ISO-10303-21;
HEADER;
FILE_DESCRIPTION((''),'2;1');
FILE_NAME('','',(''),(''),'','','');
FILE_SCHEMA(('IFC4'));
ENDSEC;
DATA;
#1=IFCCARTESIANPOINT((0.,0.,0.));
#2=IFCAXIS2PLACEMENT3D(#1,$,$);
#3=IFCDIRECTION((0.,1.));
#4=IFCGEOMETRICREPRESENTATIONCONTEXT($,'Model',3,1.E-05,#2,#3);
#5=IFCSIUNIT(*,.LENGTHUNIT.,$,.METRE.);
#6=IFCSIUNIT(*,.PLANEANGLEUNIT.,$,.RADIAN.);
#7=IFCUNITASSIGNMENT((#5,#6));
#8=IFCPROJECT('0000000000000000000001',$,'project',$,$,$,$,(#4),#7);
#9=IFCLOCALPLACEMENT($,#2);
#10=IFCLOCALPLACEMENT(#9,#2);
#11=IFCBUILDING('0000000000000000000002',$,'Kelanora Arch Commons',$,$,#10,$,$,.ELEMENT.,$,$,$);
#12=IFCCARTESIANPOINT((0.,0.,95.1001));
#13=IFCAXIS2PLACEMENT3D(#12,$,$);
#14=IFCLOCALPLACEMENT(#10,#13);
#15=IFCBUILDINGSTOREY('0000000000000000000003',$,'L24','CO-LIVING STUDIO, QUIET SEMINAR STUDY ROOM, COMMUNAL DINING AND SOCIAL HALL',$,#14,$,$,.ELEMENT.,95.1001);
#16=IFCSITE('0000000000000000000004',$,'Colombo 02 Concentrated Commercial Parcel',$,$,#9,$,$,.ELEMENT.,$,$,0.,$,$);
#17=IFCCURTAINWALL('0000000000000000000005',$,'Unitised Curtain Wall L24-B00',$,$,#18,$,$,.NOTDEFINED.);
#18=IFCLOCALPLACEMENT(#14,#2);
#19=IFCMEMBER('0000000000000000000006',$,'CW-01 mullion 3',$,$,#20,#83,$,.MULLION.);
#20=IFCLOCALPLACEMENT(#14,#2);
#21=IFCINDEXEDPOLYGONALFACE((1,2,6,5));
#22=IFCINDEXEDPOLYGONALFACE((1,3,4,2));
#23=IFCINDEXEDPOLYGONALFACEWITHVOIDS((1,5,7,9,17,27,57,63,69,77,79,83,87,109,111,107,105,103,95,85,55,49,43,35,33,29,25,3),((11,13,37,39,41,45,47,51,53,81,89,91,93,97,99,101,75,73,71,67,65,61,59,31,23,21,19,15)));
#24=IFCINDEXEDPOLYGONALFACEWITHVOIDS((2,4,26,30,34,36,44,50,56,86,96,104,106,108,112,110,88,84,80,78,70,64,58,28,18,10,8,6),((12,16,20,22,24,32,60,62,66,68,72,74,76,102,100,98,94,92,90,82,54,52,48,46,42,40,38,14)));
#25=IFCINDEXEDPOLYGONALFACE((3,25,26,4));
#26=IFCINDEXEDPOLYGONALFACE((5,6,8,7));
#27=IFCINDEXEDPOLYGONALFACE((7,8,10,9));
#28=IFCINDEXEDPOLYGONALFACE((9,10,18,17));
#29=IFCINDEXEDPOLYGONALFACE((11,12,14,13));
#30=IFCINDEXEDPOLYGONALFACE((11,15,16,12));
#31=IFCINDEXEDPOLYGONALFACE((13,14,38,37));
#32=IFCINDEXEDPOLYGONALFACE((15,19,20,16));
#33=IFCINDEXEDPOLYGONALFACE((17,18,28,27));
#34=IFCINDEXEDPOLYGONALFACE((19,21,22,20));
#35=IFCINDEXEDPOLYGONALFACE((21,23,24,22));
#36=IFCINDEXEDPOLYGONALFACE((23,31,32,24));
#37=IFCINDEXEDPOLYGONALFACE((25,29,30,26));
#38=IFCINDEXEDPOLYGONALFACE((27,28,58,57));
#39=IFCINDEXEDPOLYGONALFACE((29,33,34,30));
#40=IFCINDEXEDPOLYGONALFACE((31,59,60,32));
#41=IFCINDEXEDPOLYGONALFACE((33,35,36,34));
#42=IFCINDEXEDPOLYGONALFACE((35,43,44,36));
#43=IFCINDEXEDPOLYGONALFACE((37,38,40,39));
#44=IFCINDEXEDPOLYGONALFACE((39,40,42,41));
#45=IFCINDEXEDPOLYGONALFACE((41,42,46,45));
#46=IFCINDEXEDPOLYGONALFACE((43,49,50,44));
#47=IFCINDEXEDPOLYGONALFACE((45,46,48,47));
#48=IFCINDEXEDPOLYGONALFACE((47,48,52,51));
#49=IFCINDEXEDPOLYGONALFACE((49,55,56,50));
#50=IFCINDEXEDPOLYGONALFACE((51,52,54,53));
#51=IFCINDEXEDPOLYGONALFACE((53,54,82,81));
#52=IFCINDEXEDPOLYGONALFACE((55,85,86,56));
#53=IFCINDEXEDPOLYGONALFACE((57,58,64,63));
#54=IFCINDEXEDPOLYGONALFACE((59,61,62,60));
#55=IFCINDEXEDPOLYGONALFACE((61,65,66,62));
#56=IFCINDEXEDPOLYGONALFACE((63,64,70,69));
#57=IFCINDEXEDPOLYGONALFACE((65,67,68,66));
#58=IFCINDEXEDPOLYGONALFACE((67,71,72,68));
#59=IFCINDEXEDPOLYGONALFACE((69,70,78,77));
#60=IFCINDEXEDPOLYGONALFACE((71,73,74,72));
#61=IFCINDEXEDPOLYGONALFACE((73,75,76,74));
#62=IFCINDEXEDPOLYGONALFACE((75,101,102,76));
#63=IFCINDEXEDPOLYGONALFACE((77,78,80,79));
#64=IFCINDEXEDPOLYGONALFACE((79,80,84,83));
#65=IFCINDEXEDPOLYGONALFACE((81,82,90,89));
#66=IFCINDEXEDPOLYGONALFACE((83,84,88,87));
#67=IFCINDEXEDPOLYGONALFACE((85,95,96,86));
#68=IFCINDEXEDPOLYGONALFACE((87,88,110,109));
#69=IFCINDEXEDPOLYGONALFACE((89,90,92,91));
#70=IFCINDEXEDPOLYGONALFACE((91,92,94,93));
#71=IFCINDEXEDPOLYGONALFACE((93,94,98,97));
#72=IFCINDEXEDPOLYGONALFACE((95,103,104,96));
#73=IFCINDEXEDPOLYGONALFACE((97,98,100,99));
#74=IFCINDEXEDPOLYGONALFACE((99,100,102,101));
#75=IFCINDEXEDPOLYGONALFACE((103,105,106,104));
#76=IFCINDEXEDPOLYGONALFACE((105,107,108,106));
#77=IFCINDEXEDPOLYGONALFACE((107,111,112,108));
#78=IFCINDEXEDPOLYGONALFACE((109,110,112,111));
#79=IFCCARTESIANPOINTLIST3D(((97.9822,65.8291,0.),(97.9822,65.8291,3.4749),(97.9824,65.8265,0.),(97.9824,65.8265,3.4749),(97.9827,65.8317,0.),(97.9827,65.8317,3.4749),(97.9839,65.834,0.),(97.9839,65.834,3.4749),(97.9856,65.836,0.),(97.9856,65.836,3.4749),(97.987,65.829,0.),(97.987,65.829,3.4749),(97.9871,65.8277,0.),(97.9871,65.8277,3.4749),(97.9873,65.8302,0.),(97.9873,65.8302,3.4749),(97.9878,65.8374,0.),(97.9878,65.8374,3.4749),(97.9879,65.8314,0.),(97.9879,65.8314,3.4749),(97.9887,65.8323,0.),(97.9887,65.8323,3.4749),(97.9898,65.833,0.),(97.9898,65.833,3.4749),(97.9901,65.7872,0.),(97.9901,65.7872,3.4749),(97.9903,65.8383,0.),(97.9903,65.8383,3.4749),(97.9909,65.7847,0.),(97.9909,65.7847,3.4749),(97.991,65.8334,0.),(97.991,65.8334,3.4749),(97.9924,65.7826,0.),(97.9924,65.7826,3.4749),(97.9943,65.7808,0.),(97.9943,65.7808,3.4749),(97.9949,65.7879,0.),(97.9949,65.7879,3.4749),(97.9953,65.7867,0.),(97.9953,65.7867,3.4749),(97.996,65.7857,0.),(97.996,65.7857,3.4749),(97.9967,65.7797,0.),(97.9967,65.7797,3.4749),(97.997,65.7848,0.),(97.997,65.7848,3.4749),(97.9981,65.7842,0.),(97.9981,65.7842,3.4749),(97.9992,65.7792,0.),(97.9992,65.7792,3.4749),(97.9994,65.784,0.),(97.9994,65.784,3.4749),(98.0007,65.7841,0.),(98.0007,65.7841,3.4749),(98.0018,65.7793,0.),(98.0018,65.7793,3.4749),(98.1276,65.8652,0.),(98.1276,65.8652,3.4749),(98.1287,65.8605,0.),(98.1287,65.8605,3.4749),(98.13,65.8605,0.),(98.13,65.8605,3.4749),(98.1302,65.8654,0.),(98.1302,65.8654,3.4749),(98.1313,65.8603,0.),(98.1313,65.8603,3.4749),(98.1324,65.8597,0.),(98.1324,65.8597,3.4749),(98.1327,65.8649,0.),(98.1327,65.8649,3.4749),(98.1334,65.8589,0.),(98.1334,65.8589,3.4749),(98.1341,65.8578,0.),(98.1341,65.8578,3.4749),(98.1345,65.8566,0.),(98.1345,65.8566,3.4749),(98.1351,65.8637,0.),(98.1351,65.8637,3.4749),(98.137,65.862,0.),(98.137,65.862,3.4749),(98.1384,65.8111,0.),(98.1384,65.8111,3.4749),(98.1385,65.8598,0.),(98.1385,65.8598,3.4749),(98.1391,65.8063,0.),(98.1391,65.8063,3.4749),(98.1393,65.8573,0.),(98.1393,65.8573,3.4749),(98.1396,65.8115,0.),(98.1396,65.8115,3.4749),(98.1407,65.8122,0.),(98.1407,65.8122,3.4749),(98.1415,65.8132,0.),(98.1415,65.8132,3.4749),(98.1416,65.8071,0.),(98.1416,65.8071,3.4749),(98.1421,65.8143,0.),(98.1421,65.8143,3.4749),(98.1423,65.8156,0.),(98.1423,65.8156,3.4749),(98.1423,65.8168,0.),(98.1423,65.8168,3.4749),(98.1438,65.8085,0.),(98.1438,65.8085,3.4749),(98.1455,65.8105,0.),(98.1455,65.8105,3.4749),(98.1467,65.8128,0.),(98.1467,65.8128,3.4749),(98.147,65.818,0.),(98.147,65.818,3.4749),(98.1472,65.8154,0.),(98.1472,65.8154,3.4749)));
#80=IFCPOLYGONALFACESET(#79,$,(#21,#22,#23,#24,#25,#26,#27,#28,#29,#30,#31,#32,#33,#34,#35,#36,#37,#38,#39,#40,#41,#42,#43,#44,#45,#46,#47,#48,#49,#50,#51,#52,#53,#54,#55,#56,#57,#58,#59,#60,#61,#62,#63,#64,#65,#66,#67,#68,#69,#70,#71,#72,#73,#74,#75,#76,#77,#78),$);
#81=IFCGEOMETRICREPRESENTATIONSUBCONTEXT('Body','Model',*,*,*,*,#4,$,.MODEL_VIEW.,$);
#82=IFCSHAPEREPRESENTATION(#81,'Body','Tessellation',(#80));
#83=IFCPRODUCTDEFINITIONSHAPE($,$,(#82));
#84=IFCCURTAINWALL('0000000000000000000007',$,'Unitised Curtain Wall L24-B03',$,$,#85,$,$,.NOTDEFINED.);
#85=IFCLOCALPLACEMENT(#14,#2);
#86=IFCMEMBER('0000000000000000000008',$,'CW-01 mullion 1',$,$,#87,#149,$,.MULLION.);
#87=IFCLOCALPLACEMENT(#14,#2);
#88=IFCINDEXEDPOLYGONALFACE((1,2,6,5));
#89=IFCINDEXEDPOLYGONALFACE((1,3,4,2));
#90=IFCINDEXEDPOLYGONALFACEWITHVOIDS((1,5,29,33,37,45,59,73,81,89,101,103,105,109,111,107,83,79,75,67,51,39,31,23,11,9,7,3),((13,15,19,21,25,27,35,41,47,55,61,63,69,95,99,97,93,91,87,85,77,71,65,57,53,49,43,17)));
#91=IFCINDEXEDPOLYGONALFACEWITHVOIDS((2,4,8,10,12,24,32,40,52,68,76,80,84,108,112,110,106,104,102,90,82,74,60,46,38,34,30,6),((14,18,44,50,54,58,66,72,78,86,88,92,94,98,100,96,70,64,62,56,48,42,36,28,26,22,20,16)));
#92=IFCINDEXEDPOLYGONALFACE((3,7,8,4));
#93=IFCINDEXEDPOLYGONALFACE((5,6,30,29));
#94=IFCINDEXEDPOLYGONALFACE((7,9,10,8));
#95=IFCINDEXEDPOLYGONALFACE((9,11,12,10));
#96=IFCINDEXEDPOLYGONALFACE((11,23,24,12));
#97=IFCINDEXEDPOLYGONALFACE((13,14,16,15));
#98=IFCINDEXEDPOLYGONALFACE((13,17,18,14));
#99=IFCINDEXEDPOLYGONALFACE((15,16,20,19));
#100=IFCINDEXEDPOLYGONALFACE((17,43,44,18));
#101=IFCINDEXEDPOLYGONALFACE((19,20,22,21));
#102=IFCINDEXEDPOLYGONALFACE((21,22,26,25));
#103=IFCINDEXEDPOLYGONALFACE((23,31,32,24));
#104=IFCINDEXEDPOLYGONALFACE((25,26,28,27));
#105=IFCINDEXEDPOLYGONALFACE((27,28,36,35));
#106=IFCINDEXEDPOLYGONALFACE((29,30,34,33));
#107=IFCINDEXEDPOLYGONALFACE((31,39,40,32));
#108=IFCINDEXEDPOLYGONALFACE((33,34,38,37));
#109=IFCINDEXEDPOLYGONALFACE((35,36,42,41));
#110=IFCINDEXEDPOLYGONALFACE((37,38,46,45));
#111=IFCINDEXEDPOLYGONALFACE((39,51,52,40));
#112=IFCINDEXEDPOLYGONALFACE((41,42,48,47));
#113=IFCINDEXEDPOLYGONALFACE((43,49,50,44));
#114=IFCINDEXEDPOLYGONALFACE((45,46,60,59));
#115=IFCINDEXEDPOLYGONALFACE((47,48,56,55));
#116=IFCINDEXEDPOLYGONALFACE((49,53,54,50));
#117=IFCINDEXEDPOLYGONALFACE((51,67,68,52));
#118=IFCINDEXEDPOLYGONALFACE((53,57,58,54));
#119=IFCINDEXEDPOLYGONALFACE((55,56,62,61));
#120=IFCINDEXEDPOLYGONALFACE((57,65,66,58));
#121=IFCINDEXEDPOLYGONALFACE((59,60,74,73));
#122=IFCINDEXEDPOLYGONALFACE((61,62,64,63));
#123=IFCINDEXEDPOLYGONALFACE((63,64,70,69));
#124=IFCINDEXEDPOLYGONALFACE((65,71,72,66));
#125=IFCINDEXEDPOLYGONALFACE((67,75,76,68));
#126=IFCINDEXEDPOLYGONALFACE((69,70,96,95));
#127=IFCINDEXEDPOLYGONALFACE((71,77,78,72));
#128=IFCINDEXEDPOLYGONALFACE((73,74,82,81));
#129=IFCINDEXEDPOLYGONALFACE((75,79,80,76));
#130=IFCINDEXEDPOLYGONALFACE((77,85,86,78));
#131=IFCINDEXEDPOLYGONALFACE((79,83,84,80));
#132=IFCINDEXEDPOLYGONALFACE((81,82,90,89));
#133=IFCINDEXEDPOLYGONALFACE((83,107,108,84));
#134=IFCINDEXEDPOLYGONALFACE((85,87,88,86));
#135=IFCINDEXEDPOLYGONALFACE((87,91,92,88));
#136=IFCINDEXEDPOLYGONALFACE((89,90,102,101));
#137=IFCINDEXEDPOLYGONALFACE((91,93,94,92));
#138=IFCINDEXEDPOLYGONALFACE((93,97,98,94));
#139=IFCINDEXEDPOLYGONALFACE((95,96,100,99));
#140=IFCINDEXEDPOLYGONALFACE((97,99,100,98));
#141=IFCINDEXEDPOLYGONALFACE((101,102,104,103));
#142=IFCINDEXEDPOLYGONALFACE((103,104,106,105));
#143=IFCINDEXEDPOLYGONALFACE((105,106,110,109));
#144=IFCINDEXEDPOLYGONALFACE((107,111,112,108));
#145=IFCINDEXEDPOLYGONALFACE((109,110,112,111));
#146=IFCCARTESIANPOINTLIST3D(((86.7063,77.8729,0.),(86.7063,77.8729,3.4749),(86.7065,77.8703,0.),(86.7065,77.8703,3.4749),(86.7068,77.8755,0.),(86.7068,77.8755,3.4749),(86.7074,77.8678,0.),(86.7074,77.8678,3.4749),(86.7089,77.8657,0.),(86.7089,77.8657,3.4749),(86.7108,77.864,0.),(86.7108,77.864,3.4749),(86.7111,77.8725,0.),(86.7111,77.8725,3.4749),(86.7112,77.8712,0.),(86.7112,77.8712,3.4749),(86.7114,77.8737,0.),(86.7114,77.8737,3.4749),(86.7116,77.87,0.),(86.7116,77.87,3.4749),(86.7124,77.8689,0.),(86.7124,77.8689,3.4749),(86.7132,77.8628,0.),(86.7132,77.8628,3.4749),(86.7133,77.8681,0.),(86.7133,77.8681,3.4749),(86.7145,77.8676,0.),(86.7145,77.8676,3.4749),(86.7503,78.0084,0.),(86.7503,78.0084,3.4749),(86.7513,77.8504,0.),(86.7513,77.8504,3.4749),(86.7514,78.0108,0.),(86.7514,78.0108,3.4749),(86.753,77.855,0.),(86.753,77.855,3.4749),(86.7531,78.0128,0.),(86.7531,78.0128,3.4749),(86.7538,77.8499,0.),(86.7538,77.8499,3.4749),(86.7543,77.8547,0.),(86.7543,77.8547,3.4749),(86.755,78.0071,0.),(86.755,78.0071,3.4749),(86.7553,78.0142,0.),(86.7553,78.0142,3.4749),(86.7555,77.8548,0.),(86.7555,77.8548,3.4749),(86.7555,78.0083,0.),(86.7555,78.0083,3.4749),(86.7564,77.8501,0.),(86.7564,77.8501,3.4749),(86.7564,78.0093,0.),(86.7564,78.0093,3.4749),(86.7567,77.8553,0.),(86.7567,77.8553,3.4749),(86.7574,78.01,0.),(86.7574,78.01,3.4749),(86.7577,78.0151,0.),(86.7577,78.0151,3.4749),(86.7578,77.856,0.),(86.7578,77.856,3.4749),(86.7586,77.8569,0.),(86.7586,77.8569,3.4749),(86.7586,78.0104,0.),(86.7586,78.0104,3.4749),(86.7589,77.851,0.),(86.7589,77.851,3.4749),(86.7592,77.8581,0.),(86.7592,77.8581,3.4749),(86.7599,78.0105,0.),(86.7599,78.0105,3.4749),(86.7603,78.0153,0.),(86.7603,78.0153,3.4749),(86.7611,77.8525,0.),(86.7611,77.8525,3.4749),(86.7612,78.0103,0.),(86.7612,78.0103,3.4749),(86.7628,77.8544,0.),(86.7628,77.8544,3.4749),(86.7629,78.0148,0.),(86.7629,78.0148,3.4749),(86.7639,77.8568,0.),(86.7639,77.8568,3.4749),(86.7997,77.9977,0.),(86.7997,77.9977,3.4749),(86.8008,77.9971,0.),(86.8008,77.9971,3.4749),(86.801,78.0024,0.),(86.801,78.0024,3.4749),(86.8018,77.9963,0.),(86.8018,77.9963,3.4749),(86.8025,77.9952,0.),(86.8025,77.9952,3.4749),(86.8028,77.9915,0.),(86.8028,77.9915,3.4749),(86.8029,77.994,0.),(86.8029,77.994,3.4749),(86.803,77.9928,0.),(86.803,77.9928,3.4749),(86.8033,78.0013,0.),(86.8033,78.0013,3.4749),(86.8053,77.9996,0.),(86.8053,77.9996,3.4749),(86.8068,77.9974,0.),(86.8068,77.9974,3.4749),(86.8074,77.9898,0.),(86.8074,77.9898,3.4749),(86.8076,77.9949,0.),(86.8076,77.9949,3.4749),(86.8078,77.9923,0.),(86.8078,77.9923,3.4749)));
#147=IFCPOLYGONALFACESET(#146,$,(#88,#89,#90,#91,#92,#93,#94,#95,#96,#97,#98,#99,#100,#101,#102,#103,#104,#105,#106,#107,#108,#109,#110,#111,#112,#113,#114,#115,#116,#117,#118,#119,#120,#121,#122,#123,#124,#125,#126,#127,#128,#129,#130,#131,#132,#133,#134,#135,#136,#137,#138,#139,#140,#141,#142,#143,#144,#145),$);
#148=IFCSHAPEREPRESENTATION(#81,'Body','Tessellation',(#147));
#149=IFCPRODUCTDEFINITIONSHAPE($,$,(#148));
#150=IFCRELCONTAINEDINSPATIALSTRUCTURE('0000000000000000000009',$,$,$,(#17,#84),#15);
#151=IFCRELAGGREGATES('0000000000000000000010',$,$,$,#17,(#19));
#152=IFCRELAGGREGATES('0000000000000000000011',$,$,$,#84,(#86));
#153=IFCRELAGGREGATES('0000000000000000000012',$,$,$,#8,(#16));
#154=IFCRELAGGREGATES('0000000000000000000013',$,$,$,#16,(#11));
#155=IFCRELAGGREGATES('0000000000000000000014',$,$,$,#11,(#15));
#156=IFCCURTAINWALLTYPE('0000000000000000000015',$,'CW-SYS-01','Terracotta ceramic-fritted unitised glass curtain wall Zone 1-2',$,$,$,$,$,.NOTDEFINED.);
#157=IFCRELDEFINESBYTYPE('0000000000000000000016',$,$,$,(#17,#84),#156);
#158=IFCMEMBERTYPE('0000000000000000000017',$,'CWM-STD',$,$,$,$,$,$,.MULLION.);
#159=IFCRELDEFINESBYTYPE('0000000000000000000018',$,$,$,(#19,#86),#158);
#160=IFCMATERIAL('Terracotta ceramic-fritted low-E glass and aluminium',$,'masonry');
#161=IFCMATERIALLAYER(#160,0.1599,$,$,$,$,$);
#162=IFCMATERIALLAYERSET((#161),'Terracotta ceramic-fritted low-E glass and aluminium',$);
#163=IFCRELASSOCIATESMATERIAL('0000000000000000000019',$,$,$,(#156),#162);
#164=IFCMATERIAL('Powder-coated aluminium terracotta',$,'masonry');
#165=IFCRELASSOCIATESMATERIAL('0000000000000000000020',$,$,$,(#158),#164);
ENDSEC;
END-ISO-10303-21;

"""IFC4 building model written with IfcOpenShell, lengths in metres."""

from ifc_helpers import new_model, si_unit, direction, frame, origin, origin_2d, place, context, subcontext, project, spatial, hollow_rectangle, extrude, material, layer, layer_set, material_profile, profile_set, type_object, element, aggregate, save


model = new_model("IFC4")

# Units and contexts
model_context = context("Model", 3, precision=1e-05, world=origin(), true_north=direction((0.0, 1.0)))
body_context = subcontext(model_context, "Body", "Model", "MODEL_VIEW")
ifc_project = project(units=[si_unit("LENGTHUNIT", "METRE"), si_unit("PLANEANGLEUNIT", "RADIAN")], contexts=[model_context])

# Site, building, storey
site_placement = place(None, origin())
site = spatial("IfcSite", under=ifc_project, at=site_placement, Name="Colombo 02 Concentrated Commercial Parcel", CompositionType="ELEMENT", RefElevation=0.0)
building_placement = place(site_placement, origin())
building = spatial("IfcBuilding", under=site, at=building_placement, Name="Kelanora Arch Commons", CompositionType="ELEMENT")
storey_placement = place(building_placement, frame((0.0, 0.0, 95.1001)))
storey = spatial("IfcBuildingStorey", under=building, at=storey_placement, Name="L24", Description="CO-LIVING STUDIO, QUIET SEMINAR STUDY ROOM, COMMUNAL DINING AND SOCIAL HALL", CompositionType="ELEMENT", Elevation=95.1001)

# Curtain wall, member
ifc_material_1 = material(Name="Terracotta ceramic-fritted low-E glass and aluminium", Category="masonry")
ifc_layer_1 = layer(ifc_material_1, 0.1599)
ifc_layer_set_1 = layer_set([ifc_layer_1], Name="Terracotta ceramic-fritted low-E glass and aluminium")
curtain_wall_type = type_object("IfcCurtainWallType", Name="CW-SYS-01", Description="Terracotta ceramic-fritted unitised glass curtain wall Zone 1-2", PredefinedType="NOTDEFINED", material=ifc_layer_set_1)
curtain_wall_1_placement = place(storey_placement, origin())
curtain_wall_1 = element("IfcCurtainWall", 1, at=curtain_wall_1_placement, inside=storey, type_object=curtain_wall_type, Name="Unitised Curtain Wall L24-B00", PredefinedType="NOTDEFINED")
ifc_material_2 = material(Name="Powder-coated aluminium terracotta", Category="masonry")
ifc_material_profile_1 = material_profile(ifc_material_2, hollow_rectangle(XDim=0.1599, YDim=0.0601, WallThickness=0.0049, InnerFilletRadius=0.0049, OuterFilletRadius=0.01, at=origin_2d()), Name="CWM160x60")
ifc_profile_set_1 = profile_set([ifc_material_profile_1], Name="Powder-coated aluminium terracotta")
member_type_1 = type_object("IfcMemberType", Name="CWM-STD", PredefinedType="MULLION", material=ifc_profile_set_1)
member_1_placement = place(storey_placement, frame((98.0647, 65.8223, 0.0), z_axis=(0.0, 0.0, 1.0), x_axis=(-0.98128, -0.192585, 0.0)))
member_1 = element("IfcMember", 2, at=member_1_placement, type_object=member_type_1, Name="CW-01 mullion 3", PredefinedType="MULLION", context=body_context, shape_type="SweptSolid", body=[
    extrude(hollow_rectangle(XDim=0.1599, YDim=0.0601, WallThickness=0.0049, InnerFilletRadius=0.0049, OuterFilletRadius=0.01, at=origin_2d()), origin(), (0.0, 0.0, 1.0), 3.4749),
])
aggregate(curtain_wall_1, [member_1])

# Curtain wall, member
curtain_wall_2_placement = place(storey_placement, origin())
curtain_wall_2 = element("IfcCurtainWall", 3, at=curtain_wall_2_placement, inside=storey, type_object=curtain_wall_type, Name="Unitised Curtain Wall L24-B03", PredefinedType="NOTDEFINED")
member_2_placement = place(storey_placement, frame((86.7571, 77.9326, 0.0), z_axis=(0.0, 0.0, 1.0), x_axis=(-0.310805, -0.950474, 0.0)))
member_2 = element("IfcMember", 4, at=member_2_placement, type_object=member_type_1, Name="CW-01 mullion 1", PredefinedType="MULLION", context=body_context, shape_type="SweptSolid", body=[
    extrude(hollow_rectangle(XDim=0.1599, YDim=0.0601, WallThickness=0.0049, InnerFilletRadius=0.0049, OuterFilletRadius=0.01, at=origin_2d()), origin(), (0.0, 0.0, 1.0), 3.4749),
])
aggregate(curtain_wall_2, [member_2])

save(model, "model.ifc")
